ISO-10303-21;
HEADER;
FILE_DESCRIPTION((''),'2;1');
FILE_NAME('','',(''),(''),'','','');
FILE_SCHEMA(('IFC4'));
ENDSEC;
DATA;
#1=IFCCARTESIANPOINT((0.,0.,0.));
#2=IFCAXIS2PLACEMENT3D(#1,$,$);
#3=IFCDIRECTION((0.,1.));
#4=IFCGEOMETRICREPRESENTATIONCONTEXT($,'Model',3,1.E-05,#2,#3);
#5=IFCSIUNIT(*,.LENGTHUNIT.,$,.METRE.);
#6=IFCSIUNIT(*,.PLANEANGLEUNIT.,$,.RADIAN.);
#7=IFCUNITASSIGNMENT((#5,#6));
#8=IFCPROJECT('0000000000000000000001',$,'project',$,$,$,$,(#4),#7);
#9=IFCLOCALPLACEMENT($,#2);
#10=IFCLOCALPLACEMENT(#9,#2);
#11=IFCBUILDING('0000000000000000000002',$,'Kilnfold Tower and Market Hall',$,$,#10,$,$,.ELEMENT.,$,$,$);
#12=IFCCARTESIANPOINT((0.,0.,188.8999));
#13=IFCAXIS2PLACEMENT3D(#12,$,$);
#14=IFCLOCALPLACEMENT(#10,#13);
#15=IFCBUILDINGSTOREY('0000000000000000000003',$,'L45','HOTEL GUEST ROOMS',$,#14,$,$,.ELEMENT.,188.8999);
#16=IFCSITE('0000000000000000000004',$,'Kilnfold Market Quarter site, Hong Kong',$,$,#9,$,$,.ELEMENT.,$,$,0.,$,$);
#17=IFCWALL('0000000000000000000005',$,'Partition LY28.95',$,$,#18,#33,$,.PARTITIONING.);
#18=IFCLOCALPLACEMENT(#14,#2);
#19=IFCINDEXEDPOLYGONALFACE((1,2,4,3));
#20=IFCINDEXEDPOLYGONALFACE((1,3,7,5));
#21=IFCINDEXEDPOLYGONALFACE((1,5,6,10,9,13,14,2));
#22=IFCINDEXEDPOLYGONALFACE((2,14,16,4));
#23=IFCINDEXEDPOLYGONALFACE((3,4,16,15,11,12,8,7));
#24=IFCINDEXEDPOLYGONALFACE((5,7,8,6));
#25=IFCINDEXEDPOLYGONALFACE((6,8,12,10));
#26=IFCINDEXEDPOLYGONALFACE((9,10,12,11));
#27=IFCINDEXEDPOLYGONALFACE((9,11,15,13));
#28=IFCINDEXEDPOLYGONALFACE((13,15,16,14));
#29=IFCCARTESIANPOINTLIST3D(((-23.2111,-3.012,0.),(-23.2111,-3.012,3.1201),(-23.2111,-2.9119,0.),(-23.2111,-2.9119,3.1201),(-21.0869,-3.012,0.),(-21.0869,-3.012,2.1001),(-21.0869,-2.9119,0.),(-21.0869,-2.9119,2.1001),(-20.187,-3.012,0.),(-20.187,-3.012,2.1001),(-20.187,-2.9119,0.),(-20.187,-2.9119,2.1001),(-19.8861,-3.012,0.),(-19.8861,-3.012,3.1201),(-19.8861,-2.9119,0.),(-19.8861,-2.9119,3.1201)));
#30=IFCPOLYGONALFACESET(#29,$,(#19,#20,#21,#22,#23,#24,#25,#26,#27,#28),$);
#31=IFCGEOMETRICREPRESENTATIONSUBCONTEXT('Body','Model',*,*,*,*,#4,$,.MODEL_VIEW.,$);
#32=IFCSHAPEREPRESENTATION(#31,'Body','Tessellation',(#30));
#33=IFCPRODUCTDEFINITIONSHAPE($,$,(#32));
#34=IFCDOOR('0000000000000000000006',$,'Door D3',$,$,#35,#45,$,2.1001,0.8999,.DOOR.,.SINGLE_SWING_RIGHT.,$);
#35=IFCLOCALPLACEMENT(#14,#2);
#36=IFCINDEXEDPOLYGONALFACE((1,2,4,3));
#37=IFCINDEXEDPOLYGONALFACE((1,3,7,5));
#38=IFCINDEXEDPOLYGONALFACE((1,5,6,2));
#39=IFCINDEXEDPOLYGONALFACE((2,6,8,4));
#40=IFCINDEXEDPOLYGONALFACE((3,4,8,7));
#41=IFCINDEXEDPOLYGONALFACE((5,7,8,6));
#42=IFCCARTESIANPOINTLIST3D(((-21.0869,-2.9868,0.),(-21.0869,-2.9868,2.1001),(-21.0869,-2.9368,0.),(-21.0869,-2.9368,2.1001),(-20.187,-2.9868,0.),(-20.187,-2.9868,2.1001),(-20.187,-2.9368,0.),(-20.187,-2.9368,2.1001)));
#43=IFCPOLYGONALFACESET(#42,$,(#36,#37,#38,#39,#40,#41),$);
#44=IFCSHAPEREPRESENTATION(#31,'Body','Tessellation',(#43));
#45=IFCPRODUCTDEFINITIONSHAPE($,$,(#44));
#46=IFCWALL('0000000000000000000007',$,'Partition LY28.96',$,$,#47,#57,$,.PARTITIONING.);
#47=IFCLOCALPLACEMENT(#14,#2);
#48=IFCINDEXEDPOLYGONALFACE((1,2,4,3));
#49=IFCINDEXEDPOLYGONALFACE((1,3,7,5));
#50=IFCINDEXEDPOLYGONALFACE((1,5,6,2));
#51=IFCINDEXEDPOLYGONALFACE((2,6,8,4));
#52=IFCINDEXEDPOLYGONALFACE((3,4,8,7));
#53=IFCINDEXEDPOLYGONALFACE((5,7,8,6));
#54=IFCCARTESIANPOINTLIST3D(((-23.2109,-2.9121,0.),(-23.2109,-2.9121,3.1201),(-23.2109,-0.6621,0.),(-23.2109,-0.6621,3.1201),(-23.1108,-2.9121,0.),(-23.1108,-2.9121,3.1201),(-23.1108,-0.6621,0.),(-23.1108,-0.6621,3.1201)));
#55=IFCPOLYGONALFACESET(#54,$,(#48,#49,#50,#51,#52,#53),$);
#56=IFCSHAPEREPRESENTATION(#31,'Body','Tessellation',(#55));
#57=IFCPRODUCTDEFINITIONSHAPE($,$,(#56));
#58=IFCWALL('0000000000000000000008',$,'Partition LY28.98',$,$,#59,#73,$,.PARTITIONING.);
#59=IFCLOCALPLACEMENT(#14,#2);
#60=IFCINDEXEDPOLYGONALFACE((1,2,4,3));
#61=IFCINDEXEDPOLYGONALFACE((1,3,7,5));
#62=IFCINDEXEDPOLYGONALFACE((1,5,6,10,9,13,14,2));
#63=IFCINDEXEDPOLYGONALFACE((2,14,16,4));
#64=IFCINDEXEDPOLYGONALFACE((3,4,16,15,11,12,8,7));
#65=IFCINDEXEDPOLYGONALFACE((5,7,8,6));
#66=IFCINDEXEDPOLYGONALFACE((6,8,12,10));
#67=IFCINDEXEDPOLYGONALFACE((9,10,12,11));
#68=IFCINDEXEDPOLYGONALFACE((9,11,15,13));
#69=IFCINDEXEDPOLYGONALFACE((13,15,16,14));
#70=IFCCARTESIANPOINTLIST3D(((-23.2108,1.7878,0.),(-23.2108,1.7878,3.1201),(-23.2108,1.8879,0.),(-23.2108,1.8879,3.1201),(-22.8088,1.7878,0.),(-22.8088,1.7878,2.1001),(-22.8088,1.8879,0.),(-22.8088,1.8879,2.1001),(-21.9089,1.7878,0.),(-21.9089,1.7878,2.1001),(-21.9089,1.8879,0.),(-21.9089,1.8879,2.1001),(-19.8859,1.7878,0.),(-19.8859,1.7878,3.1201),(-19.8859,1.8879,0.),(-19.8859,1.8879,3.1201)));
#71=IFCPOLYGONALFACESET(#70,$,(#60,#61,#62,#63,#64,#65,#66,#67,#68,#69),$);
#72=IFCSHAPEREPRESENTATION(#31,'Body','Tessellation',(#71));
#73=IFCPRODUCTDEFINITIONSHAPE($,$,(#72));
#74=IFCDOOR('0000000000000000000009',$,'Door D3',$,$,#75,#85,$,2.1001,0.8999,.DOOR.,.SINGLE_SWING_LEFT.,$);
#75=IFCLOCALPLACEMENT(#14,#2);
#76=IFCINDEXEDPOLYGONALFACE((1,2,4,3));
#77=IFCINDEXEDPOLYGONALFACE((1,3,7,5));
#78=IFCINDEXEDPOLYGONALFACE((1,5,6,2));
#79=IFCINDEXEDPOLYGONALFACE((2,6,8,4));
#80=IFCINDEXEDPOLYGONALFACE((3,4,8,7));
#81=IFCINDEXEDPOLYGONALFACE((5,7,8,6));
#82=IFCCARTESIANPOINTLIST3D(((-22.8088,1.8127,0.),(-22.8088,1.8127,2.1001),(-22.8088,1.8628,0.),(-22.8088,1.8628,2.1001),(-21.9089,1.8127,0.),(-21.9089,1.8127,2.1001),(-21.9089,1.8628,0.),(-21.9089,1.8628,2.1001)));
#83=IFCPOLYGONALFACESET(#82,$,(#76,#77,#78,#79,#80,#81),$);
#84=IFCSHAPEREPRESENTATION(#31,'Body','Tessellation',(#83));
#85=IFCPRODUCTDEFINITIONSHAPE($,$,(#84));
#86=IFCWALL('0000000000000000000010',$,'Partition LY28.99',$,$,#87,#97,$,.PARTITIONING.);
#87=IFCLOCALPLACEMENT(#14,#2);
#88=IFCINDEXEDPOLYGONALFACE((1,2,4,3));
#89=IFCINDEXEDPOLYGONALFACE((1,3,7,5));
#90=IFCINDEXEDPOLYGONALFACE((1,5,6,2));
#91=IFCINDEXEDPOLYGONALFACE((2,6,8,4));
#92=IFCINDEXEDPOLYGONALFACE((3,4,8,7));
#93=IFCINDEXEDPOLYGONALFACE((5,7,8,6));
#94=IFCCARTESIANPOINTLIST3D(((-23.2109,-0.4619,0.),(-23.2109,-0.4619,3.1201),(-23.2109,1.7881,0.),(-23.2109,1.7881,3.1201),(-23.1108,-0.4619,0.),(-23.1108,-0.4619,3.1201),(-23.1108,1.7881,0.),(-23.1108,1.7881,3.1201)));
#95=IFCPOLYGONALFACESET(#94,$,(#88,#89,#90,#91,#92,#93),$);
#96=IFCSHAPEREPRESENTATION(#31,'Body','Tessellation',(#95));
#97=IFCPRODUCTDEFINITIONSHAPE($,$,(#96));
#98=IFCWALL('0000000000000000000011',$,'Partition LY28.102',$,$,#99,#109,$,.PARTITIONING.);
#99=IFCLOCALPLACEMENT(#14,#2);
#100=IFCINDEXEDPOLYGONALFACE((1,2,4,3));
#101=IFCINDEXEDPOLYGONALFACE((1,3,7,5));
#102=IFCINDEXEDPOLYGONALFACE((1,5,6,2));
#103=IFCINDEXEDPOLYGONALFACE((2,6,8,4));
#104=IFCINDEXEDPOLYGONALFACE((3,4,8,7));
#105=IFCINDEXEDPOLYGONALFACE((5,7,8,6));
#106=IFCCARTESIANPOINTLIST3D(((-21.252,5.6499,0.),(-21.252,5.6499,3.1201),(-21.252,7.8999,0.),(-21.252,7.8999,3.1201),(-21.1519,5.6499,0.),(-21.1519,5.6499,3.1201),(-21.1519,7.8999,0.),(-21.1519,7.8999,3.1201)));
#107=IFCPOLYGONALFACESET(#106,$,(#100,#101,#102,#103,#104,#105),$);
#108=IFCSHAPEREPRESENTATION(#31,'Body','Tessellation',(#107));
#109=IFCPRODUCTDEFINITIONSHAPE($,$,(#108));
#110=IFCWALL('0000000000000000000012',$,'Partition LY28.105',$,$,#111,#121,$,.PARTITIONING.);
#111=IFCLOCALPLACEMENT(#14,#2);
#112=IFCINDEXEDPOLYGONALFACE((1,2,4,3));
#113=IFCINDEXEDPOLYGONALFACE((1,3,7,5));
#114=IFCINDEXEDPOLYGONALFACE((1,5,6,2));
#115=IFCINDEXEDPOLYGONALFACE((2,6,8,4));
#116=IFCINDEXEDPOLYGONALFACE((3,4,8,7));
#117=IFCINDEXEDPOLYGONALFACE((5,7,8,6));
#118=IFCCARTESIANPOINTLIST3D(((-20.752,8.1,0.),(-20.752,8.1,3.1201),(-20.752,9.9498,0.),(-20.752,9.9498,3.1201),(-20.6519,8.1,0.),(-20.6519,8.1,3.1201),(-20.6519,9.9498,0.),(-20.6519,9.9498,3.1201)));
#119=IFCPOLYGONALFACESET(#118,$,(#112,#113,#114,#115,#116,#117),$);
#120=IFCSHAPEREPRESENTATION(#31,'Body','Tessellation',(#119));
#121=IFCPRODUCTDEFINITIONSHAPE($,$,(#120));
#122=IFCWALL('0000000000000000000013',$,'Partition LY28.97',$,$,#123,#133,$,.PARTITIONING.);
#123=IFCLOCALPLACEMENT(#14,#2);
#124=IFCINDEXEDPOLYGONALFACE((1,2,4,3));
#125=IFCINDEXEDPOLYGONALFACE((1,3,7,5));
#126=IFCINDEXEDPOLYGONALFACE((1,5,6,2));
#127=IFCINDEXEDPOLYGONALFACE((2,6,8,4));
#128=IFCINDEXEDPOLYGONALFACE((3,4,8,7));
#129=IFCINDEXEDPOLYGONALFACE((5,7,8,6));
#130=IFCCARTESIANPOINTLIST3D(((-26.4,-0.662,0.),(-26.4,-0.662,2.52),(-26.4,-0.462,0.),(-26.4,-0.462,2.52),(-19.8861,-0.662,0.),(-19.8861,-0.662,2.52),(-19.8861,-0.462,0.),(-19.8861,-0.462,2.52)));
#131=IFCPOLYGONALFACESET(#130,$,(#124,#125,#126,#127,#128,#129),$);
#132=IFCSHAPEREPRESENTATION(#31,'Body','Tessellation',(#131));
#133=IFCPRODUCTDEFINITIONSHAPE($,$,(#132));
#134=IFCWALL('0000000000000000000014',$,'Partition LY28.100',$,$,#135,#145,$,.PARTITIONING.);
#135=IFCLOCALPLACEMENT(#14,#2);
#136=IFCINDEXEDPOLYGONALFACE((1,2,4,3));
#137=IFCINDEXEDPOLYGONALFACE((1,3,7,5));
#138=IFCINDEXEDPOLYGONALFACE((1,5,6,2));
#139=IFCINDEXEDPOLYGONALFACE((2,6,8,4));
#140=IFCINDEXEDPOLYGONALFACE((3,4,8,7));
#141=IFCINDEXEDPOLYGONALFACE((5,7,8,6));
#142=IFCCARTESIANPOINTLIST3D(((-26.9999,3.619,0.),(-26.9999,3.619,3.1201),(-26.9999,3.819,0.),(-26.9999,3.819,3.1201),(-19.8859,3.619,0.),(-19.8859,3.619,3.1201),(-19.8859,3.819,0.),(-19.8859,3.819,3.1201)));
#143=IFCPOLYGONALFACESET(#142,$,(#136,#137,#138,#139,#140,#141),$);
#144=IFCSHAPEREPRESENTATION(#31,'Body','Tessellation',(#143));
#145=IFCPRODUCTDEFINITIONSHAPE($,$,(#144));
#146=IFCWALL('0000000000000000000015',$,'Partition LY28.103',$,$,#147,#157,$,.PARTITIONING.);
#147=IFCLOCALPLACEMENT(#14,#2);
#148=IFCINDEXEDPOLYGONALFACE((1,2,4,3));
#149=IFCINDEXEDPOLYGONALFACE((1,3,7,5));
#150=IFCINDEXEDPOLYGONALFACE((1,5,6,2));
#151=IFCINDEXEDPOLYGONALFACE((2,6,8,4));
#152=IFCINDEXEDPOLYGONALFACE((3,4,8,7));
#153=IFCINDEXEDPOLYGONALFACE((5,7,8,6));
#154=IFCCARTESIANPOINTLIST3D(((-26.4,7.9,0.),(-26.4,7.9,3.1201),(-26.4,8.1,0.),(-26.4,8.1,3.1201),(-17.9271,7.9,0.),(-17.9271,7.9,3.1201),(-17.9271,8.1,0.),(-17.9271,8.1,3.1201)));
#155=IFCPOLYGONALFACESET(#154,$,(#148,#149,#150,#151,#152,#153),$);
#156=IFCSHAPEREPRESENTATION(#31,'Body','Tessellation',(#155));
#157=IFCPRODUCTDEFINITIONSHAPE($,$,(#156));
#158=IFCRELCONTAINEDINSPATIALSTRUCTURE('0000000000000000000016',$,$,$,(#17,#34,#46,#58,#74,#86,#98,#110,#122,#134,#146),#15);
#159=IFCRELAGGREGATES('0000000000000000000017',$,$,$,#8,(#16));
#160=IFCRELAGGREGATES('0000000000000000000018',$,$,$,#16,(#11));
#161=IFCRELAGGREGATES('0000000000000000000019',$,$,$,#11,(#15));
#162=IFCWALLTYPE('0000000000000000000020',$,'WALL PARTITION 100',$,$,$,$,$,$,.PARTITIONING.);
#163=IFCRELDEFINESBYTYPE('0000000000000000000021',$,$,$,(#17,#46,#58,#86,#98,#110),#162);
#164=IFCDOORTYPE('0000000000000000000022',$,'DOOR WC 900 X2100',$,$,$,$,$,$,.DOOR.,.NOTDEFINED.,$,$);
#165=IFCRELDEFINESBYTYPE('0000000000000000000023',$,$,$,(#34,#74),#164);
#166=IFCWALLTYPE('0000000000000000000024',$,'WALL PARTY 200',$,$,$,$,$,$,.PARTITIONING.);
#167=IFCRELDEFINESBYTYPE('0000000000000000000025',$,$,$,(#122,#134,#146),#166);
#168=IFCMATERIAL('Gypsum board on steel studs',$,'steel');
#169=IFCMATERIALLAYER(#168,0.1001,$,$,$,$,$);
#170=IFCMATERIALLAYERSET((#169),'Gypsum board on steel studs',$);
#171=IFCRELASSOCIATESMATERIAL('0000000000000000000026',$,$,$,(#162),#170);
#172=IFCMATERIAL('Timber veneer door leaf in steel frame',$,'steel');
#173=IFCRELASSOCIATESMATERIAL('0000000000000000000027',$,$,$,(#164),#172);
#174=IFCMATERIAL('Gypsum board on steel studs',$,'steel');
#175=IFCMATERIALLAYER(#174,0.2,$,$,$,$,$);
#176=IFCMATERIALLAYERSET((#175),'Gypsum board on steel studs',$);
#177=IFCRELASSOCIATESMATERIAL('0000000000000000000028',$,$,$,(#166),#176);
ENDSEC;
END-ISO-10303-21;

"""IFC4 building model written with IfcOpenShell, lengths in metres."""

from ifc_helpers import new_model, si_unit, direction, frame, frame_2d, origin, place, context, subcontext, project, spatial, rectangle, extrude, material, layer, layer_set, type_object, element, fill, save


model = new_model("IFC4")

# Units and contexts
model_context = context("Model", 3, precision=1e-05, world=origin(), true_north=direction((0.0, 1.0)))
body_context = subcontext(model_context, "Body", "Model", "MODEL_VIEW")
ifc_project = project(units=[si_unit("LENGTHUNIT", "METRE"), si_unit("PLANEANGLEUNIT", "RADIAN")], contexts=[model_context])

# Site, building, storey
site_placement = place(None, origin())
site = spatial("IfcSite", under=ifc_project, at=site_placement, Name="Kilnfold Market Quarter site, Hong Kong", CompositionType="ELEMENT", RefElevation=0.0)
building_placement = place(site_placement, origin())
building = spatial("IfcBuilding", under=site, at=building_placement, Name="Kilnfold Tower and Market Hall", CompositionType="ELEMENT")
storey_placement = place(building_placement, frame((0.0, 0.0, 188.8999)))
storey = spatial("IfcBuildingStorey", under=building, at=storey_placement, Name="L45", Description="HOTEL GUEST ROOMS", CompositionType="ELEMENT", Elevation=188.8999)

# Wall, opening, door
ifc_material_1 = material(Name="Gypsum board on steel studs", Category="steel")
ifc_layer_1 = layer(ifc_material_1, 0.1001)
ifc_layer_set_1 = layer_set([ifc_layer_1], Name="Gypsum board on steel studs")
wall_type_1 = type_object("IfcWallType", Name="WALL PARTITION 100", PredefinedType="PARTITIONING", material=ifc_layer_set_1)
wall_1_placement = place(storey_placement, frame((-19.886, -2.9619, 0.0), z_axis=(0.0, 0.0, 1.0), x_axis=(-1.0, 0.0, 0.0)))
wall_1 = element("IfcWall", 1, at=wall_1_placement, inside=storey, type_object=wall_type_1, Name="Partition LY28.95", PredefinedType="PARTITIONING", context=body_context, shape_type="SweptSolid", body=[
    extrude(rectangle(XDim=3.325, YDim=0.1001, at=frame_2d((1.6626, 0.0))), origin(), (0.0, 0.0, 1.0), 3.1201),
])
opening_1_placement = place(wall_1_placement, frame((0.301, 0.0, 0.0)))
opening_1 = element("IfcOpeningElement", 2, at=opening_1_placement, cuts=wall_1, PredefinedType="OPENING", context=body_context, shape_type="SweptSolid", body=[
    extrude(rectangle(XDim=0.8999, YDim=2.1001, at=frame_2d((0.45, 1.05))), frame((0.0, 0.0601, 0.0), z_axis=(0.0, -1.0, 0.0), x_axis=(1.0, 0.0, 0.0)), (0.0, 0.0, 1.0), 0.1201),
])
ifc_material_2 = material(Name="Timber veneer door leaf in steel frame", Category="steel")
door_type_1 = type_object("IfcDoorType", Name="DOOR WC 900 X2100", OperationType="NOTDEFINED", PredefinedType="DOOR", material=ifc_material_2)
door_1_placement = place(opening_1_placement, origin())
door_1 = element("IfcDoor", 3, at=door_1_placement, inside=storey, type_object=door_type_1, Name="Door D3", OperationType="SINGLE_SWING_RIGHT", OverallHeight=2.1001, OverallWidth=0.8999, PredefinedType="DOOR", context=body_context, shape_type="SweptSolid", body=[
    extrude(rectangle(XDim=0.8999, YDim=2.1001, at=frame_2d((0.45, 1.05))), frame((0.0, 0.0249, 0.0), z_axis=(0.0, -1.0, 0.0), x_axis=(1.0, 0.0, 0.0)), (0.0, 0.0, 1.0), 0.05),
])
fill(opening_1, door_1)

# Wall
wall_2_placement = place(storey_placement, frame((-23.1609, -2.9121, 0.0), z_axis=(0.0, 0.0, 1.0), x_axis=(0.0, 1.0, 0.0)))
element("IfcWall", 4, at=wall_2_placement, inside=storey, type_object=wall_type_1, Name="Partition LY28.96", PredefinedType="PARTITIONING", context=body_context, shape_type="SweptSolid", body=[
    extrude(rectangle(XDim=2.25, YDim=0.1001, at=frame_2d((1.125, 0.0))), origin(), (0.0, 0.0, 1.0), 3.1201),
])

# Wall, opening, door
wall_3_placement = place(storey_placement, frame((-23.2109, 1.8379, 0.0), z_axis=(0.0, 0.0, 1.0), x_axis=(1.0, 0.0, 0.0)))
wall_3 = element("IfcWall", 5, at=wall_3_placement, inside=storey, type_object=wall_type_1, Name="Partition LY28.98", PredefinedType="PARTITIONING", context=body_context, shape_type="SweptSolid", body=[
    extrude(rectangle(XDim=3.325, YDim=0.1001, at=frame_2d((1.6626, 0.0))), origin(), (0.0, 0.0, 1.0), 3.1201),
])
opening_2_placement = place(wall_3_placement, frame((0.4021, 0.0, 0.0)))
opening_2 = element("IfcOpeningElement", 6, at=opening_2_placement, cuts=wall_3, PredefinedType="OPENING", context=body_context, shape_type="SweptSolid", body=[
    extrude(rectangle(XDim=0.8999, YDim=2.1001, at=frame_2d((0.45, 1.05))), frame((0.0, 0.0601, 0.0), z_axis=(0.0, -1.0, 0.0), x_axis=(1.0, 0.0, 0.0)), (0.0, 0.0, 1.0), 0.1201),
])
door_2_placement = place(opening_2_placement, origin())
door_2 = element("IfcDoor", 7, at=door_2_placement, inside=storey, type_object=door_type_1, Name="Door D3", OperationType="SINGLE_SWING_LEFT", OverallHeight=2.1001, OverallWidth=0.8999, PredefinedType="DOOR", context=body_context, shape_type="SweptSolid", body=[
    extrude(rectangle(XDim=0.8999, YDim=2.1001, at=frame_2d((0.45, 1.05))), frame((0.0, 0.0249, 0.0), z_axis=(0.0, -1.0, 0.0), x_axis=(1.0, 0.0, 0.0)), (0.0, 0.0, 1.0), 0.05),
])
fill(opening_2, door_2)

# Walls
for number, where, z_axis, x_axis, name in (
    (8, (-23.1609, -0.4619, 0.0), (0.0, 0.0, 1.0), (0.0, 1.0, 0.0), "Partition LY28.99"),
    (9, (-21.2019, 5.6499, 0.0), (0.0, 0.0, 1.0), (0.0, 1.0, 0.0), "Partition LY28.102"),
):
    element("IfcWall", number, at=place(storey_placement, frame(where, z_axis=z_axis, x_axis=x_axis)), inside=storey, type_object=wall_type_1, Name=name, PredefinedType="PARTITIONING", context=body_context, shape_type="SweptSolid", body=[
        extrude(rectangle(XDim=2.25, YDim=0.1001, at=frame_2d((1.125, 0.0))), origin(), (0.0, 0.0, 1.0), 3.1201),
    ])
wall_4_placement = place(storey_placement, frame((-20.7019, 8.1001, 0.0), z_axis=(0.0, 0.0, 1.0), x_axis=(0.0, 1.0, 0.0)))
element("IfcWall", 10, at=wall_4_placement, inside=storey, type_object=wall_type_1, Name="Partition LY28.105", PredefinedType="PARTITIONING", context=body_context, shape_type="SweptSolid", body=[
    extrude(rectangle(XDim=1.8499, YDim=0.1001, at=frame_2d((0.9248, 0.0))), origin(), (0.0, 0.0, 1.0), 3.1201),
])
ifc_material_3 = material(Name="Gypsum board on steel studs", Category="steel")
ifc_layer_2 = layer(ifc_material_3, 0.2)
ifc_layer_set_2 = layer_set([ifc_layer_2], Name="Gypsum board on steel studs")
wall_type_2 = type_object("IfcWallType", Name="WALL PARTY 200", PredefinedType="PARTITIONING", material=ifc_layer_set_2)
wall_5_placement = place(storey_placement, frame((-26.3999, -0.562, 0.0), z_axis=(0.0, 0.0, 1.0), x_axis=(1.0, 0.0, 0.0)))
element("IfcWall", 11, at=wall_5_placement, inside=storey, type_object=wall_type_2, Name="Partition LY28.97", PredefinedType="PARTITIONING", context=body_context, shape_type="SweptSolid", body=[
    extrude(rectangle(XDim=6.5139, YDim=0.2, at=frame_2d((3.2568, 0.0))), origin(), (0.0, 0.0, 1.0), 2.52),
])
wall_6_placement = place(storey_placement, frame((-27.0, 3.719, 0.0), z_axis=(0.0, 0.0, 1.0), x_axis=(1.0, 0.0, 0.0)))
element("IfcWall", 12, at=wall_6_placement, inside=storey, type_object=wall_type_2, Name="Partition LY28.100", PredefinedType="PARTITIONING", context=body_context, shape_type="SweptSolid", body=[
    extrude(rectangle(XDim=7.114, YDim=0.2, at=frame_2d((3.5571, 0.0))), origin(), (0.0, 0.0, 1.0), 3.1201),
])
wall_7_placement = place(storey_placement, frame((-26.3999, 8.0, 0.0), z_axis=(0.0, 0.0, 1.0), x_axis=(1.0, 0.0, 0.0)))
element("IfcWall", 13, at=wall_7_placement, inside=storey, type_object=wall_type_2, Name="Partition LY28.103", PredefinedType="PARTITIONING", context=body_context, shape_type="SweptSolid", body=[
    extrude(rectangle(XDim=8.4729, YDim=0.2, at=frame_2d((4.2363, 0.0))), origin(), (0.0, 0.0, 1.0), 3.1201),
])

save(model, "model.ifc")
